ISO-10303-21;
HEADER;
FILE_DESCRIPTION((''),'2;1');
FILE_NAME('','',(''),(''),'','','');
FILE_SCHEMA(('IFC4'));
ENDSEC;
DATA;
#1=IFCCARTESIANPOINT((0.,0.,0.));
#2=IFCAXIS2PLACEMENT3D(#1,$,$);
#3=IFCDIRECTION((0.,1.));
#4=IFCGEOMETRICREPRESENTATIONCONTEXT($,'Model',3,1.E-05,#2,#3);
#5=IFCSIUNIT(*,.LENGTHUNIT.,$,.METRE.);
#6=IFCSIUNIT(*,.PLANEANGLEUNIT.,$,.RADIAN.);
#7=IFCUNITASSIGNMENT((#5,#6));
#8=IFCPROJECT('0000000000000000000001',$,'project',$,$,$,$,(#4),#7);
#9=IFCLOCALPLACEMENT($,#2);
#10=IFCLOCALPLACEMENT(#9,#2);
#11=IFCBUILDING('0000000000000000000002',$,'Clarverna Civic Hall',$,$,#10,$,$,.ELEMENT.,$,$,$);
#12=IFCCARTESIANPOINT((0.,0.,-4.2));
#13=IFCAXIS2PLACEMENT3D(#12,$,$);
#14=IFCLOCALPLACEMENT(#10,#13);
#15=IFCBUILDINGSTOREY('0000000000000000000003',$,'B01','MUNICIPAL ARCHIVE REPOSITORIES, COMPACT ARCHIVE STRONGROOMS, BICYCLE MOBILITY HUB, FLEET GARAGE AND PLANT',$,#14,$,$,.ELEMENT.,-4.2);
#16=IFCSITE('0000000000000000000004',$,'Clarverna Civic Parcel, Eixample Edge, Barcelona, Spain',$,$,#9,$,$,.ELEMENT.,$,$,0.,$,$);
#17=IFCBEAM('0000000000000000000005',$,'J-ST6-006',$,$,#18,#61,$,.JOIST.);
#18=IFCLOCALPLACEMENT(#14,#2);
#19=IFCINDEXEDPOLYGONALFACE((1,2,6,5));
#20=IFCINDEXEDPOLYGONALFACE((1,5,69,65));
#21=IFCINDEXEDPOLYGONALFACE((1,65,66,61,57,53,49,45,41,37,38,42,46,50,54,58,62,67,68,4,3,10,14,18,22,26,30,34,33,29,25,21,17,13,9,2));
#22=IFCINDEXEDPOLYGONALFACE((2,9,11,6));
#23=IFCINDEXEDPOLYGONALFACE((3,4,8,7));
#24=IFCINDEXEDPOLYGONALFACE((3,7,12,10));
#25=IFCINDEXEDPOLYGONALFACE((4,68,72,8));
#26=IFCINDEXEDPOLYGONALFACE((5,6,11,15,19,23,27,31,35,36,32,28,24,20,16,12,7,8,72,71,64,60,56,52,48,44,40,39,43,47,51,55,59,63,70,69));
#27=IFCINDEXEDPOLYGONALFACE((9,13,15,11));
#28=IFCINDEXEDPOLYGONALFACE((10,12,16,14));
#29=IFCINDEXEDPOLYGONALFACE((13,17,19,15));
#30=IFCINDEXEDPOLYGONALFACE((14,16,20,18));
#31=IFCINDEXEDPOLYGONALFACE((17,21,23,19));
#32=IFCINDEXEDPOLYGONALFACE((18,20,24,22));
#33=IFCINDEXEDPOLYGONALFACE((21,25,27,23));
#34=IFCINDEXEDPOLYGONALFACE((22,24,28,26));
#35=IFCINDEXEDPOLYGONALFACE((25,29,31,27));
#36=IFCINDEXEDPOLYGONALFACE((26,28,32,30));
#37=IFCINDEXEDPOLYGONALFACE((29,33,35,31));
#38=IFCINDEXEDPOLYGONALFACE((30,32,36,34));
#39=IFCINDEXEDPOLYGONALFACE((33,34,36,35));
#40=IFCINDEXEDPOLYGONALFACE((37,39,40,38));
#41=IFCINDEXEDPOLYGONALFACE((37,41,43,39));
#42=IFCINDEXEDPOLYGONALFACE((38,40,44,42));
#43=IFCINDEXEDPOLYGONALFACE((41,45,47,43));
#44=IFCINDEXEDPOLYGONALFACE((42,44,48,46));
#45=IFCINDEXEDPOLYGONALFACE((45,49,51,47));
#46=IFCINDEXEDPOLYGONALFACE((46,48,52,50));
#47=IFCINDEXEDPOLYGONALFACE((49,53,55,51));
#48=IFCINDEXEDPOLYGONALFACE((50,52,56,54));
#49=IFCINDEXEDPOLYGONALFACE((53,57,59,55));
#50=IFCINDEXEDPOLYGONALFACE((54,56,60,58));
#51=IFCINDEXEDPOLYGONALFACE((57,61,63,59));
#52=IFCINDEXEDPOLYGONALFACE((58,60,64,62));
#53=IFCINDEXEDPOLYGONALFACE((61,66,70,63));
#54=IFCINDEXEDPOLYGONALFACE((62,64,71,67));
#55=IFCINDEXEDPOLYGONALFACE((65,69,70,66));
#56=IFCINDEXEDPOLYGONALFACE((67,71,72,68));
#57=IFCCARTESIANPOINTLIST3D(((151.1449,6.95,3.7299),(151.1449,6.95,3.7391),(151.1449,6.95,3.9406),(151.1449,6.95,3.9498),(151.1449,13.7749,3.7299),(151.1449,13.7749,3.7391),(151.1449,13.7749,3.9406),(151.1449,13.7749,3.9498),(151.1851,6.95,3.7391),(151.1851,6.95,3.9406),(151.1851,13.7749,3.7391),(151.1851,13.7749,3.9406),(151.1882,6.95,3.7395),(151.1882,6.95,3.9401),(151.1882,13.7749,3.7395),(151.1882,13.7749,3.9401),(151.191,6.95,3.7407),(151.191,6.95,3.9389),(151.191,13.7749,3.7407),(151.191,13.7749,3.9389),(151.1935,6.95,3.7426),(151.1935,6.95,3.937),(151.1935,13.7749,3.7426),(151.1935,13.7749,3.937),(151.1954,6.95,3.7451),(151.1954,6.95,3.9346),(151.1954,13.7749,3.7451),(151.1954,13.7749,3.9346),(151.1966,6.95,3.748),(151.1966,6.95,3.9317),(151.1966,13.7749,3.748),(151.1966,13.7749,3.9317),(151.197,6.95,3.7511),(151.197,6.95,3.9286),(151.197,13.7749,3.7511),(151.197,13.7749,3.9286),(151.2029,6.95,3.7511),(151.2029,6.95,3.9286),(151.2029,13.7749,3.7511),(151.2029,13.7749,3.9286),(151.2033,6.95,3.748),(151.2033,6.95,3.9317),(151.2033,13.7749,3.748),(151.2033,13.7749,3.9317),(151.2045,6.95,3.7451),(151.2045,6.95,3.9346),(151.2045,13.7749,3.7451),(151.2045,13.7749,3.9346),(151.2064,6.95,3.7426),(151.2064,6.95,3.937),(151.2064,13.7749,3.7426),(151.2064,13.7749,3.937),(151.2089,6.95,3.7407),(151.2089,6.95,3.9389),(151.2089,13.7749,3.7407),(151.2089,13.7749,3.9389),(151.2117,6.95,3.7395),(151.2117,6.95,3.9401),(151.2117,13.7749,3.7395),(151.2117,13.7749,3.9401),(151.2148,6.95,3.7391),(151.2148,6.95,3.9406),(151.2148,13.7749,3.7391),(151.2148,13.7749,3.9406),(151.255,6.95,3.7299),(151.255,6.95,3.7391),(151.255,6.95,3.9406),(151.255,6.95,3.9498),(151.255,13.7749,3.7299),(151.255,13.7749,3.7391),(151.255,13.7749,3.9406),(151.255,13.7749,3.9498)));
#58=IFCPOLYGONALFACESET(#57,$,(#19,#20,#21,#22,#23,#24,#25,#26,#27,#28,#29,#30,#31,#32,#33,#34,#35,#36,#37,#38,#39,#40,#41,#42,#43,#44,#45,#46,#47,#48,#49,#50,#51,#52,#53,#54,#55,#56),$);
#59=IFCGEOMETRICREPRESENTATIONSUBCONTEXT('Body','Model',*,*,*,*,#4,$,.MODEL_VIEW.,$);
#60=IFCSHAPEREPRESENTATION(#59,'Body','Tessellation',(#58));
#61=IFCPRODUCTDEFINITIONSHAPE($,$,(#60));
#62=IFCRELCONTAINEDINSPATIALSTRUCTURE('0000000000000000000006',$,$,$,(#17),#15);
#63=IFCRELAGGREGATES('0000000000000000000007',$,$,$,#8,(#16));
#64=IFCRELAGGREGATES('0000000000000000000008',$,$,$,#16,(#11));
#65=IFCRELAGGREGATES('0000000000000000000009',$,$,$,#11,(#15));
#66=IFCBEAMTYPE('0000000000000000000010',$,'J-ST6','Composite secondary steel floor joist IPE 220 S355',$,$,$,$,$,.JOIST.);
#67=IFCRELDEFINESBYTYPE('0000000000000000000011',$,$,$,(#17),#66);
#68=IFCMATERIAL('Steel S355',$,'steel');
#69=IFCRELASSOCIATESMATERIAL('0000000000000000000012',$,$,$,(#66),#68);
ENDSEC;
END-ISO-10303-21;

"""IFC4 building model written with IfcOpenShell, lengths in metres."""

from ifc_helpers import new_model, si_unit, direction, frame, origin, origin_2d, place, context, subcontext, project, spatial, i_section, extrude, material, material_profile, profile_set, type_object, element, save


model = new_model("IFC4")

# Units and contexts
model_context = context("Model", 3, precision=1e-05, world=origin(), true_north=direction((0.0, 1.0)))
body_context = subcontext(model_context, "Body", "Model", "MODEL_VIEW")
ifc_project = project(units=[si_unit("LENGTHUNIT", "METRE"), si_unit("PLANEANGLEUNIT", "RADIAN")], contexts=[model_context])

# Site, building, storey
site_placement = place(None, origin())
site = spatial("IfcSite", under=ifc_project, at=site_placement, Name="Clarverna Civic Parcel, Eixample Edge, Barcelona, Spain", CompositionType="ELEMENT", RefElevation=0.0)
building_placement = place(site_placement, origin())
building = spatial("IfcBuilding", under=site, at=building_placement, Name="Clarverna Civic Hall", CompositionType="ELEMENT")
storey_placement = place(building_placement, frame((0.0, 0.0, -4.2)))
storey = spatial("IfcBuildingStorey", under=building, at=storey_placement, Name="B01", Description="MUNICIPAL ARCHIVE REPOSITORIES, COMPACT ARCHIVE STRONGROOMS, BICYCLE MOBILITY HUB, FLEET GARAGE AND PLANT", CompositionType="ELEMENT", Elevation=-4.2)

# Beam
ifc_material_1 = material(Name="Steel S355", Category="steel")
ifc_material_profile_1 = material_profile(ifc_material_1, i_section(OverallWidth=0.1101, OverallDepth=0.22, WebThickness=0.0059, FlangeThickness=0.0093, FilletRadius=0.012, at=origin_2d()), Name="IPE 220")
ifc_profile_set_1 = profile_set([ifc_material_profile_1], Name="Steel S355")
beam_type_1 = type_object("IfcBeamType", Name="J-ST6", Description="Composite secondary steel floor joist IPE 220 S355", PredefinedType="JOIST", material=ifc_profile_set_1)
beam_1_placement = place(storey_placement, frame((151.2, 6.95, 3.8398), z_axis=(0.0, 1.0, 0.0), x_axis=(-1.0, 0.0, 0.0)))
element("IfcBeam", 1, at=beam_1_placement, inside=storey, type_object=beam_type_1, Name="J-ST6-006", PredefinedType="JOIST", context=body_context, shape_type="SweptSolid", body=[
    extrude(i_section(OverallWidth=0.1101, OverallDepth=0.22, WebThickness=0.0059, FlangeThickness=0.0093, FilletRadius=0.012, at=origin_2d()), origin(), (0.0, 0.0, 1.0), 6.825),
])

save(model, "model.ifc")
